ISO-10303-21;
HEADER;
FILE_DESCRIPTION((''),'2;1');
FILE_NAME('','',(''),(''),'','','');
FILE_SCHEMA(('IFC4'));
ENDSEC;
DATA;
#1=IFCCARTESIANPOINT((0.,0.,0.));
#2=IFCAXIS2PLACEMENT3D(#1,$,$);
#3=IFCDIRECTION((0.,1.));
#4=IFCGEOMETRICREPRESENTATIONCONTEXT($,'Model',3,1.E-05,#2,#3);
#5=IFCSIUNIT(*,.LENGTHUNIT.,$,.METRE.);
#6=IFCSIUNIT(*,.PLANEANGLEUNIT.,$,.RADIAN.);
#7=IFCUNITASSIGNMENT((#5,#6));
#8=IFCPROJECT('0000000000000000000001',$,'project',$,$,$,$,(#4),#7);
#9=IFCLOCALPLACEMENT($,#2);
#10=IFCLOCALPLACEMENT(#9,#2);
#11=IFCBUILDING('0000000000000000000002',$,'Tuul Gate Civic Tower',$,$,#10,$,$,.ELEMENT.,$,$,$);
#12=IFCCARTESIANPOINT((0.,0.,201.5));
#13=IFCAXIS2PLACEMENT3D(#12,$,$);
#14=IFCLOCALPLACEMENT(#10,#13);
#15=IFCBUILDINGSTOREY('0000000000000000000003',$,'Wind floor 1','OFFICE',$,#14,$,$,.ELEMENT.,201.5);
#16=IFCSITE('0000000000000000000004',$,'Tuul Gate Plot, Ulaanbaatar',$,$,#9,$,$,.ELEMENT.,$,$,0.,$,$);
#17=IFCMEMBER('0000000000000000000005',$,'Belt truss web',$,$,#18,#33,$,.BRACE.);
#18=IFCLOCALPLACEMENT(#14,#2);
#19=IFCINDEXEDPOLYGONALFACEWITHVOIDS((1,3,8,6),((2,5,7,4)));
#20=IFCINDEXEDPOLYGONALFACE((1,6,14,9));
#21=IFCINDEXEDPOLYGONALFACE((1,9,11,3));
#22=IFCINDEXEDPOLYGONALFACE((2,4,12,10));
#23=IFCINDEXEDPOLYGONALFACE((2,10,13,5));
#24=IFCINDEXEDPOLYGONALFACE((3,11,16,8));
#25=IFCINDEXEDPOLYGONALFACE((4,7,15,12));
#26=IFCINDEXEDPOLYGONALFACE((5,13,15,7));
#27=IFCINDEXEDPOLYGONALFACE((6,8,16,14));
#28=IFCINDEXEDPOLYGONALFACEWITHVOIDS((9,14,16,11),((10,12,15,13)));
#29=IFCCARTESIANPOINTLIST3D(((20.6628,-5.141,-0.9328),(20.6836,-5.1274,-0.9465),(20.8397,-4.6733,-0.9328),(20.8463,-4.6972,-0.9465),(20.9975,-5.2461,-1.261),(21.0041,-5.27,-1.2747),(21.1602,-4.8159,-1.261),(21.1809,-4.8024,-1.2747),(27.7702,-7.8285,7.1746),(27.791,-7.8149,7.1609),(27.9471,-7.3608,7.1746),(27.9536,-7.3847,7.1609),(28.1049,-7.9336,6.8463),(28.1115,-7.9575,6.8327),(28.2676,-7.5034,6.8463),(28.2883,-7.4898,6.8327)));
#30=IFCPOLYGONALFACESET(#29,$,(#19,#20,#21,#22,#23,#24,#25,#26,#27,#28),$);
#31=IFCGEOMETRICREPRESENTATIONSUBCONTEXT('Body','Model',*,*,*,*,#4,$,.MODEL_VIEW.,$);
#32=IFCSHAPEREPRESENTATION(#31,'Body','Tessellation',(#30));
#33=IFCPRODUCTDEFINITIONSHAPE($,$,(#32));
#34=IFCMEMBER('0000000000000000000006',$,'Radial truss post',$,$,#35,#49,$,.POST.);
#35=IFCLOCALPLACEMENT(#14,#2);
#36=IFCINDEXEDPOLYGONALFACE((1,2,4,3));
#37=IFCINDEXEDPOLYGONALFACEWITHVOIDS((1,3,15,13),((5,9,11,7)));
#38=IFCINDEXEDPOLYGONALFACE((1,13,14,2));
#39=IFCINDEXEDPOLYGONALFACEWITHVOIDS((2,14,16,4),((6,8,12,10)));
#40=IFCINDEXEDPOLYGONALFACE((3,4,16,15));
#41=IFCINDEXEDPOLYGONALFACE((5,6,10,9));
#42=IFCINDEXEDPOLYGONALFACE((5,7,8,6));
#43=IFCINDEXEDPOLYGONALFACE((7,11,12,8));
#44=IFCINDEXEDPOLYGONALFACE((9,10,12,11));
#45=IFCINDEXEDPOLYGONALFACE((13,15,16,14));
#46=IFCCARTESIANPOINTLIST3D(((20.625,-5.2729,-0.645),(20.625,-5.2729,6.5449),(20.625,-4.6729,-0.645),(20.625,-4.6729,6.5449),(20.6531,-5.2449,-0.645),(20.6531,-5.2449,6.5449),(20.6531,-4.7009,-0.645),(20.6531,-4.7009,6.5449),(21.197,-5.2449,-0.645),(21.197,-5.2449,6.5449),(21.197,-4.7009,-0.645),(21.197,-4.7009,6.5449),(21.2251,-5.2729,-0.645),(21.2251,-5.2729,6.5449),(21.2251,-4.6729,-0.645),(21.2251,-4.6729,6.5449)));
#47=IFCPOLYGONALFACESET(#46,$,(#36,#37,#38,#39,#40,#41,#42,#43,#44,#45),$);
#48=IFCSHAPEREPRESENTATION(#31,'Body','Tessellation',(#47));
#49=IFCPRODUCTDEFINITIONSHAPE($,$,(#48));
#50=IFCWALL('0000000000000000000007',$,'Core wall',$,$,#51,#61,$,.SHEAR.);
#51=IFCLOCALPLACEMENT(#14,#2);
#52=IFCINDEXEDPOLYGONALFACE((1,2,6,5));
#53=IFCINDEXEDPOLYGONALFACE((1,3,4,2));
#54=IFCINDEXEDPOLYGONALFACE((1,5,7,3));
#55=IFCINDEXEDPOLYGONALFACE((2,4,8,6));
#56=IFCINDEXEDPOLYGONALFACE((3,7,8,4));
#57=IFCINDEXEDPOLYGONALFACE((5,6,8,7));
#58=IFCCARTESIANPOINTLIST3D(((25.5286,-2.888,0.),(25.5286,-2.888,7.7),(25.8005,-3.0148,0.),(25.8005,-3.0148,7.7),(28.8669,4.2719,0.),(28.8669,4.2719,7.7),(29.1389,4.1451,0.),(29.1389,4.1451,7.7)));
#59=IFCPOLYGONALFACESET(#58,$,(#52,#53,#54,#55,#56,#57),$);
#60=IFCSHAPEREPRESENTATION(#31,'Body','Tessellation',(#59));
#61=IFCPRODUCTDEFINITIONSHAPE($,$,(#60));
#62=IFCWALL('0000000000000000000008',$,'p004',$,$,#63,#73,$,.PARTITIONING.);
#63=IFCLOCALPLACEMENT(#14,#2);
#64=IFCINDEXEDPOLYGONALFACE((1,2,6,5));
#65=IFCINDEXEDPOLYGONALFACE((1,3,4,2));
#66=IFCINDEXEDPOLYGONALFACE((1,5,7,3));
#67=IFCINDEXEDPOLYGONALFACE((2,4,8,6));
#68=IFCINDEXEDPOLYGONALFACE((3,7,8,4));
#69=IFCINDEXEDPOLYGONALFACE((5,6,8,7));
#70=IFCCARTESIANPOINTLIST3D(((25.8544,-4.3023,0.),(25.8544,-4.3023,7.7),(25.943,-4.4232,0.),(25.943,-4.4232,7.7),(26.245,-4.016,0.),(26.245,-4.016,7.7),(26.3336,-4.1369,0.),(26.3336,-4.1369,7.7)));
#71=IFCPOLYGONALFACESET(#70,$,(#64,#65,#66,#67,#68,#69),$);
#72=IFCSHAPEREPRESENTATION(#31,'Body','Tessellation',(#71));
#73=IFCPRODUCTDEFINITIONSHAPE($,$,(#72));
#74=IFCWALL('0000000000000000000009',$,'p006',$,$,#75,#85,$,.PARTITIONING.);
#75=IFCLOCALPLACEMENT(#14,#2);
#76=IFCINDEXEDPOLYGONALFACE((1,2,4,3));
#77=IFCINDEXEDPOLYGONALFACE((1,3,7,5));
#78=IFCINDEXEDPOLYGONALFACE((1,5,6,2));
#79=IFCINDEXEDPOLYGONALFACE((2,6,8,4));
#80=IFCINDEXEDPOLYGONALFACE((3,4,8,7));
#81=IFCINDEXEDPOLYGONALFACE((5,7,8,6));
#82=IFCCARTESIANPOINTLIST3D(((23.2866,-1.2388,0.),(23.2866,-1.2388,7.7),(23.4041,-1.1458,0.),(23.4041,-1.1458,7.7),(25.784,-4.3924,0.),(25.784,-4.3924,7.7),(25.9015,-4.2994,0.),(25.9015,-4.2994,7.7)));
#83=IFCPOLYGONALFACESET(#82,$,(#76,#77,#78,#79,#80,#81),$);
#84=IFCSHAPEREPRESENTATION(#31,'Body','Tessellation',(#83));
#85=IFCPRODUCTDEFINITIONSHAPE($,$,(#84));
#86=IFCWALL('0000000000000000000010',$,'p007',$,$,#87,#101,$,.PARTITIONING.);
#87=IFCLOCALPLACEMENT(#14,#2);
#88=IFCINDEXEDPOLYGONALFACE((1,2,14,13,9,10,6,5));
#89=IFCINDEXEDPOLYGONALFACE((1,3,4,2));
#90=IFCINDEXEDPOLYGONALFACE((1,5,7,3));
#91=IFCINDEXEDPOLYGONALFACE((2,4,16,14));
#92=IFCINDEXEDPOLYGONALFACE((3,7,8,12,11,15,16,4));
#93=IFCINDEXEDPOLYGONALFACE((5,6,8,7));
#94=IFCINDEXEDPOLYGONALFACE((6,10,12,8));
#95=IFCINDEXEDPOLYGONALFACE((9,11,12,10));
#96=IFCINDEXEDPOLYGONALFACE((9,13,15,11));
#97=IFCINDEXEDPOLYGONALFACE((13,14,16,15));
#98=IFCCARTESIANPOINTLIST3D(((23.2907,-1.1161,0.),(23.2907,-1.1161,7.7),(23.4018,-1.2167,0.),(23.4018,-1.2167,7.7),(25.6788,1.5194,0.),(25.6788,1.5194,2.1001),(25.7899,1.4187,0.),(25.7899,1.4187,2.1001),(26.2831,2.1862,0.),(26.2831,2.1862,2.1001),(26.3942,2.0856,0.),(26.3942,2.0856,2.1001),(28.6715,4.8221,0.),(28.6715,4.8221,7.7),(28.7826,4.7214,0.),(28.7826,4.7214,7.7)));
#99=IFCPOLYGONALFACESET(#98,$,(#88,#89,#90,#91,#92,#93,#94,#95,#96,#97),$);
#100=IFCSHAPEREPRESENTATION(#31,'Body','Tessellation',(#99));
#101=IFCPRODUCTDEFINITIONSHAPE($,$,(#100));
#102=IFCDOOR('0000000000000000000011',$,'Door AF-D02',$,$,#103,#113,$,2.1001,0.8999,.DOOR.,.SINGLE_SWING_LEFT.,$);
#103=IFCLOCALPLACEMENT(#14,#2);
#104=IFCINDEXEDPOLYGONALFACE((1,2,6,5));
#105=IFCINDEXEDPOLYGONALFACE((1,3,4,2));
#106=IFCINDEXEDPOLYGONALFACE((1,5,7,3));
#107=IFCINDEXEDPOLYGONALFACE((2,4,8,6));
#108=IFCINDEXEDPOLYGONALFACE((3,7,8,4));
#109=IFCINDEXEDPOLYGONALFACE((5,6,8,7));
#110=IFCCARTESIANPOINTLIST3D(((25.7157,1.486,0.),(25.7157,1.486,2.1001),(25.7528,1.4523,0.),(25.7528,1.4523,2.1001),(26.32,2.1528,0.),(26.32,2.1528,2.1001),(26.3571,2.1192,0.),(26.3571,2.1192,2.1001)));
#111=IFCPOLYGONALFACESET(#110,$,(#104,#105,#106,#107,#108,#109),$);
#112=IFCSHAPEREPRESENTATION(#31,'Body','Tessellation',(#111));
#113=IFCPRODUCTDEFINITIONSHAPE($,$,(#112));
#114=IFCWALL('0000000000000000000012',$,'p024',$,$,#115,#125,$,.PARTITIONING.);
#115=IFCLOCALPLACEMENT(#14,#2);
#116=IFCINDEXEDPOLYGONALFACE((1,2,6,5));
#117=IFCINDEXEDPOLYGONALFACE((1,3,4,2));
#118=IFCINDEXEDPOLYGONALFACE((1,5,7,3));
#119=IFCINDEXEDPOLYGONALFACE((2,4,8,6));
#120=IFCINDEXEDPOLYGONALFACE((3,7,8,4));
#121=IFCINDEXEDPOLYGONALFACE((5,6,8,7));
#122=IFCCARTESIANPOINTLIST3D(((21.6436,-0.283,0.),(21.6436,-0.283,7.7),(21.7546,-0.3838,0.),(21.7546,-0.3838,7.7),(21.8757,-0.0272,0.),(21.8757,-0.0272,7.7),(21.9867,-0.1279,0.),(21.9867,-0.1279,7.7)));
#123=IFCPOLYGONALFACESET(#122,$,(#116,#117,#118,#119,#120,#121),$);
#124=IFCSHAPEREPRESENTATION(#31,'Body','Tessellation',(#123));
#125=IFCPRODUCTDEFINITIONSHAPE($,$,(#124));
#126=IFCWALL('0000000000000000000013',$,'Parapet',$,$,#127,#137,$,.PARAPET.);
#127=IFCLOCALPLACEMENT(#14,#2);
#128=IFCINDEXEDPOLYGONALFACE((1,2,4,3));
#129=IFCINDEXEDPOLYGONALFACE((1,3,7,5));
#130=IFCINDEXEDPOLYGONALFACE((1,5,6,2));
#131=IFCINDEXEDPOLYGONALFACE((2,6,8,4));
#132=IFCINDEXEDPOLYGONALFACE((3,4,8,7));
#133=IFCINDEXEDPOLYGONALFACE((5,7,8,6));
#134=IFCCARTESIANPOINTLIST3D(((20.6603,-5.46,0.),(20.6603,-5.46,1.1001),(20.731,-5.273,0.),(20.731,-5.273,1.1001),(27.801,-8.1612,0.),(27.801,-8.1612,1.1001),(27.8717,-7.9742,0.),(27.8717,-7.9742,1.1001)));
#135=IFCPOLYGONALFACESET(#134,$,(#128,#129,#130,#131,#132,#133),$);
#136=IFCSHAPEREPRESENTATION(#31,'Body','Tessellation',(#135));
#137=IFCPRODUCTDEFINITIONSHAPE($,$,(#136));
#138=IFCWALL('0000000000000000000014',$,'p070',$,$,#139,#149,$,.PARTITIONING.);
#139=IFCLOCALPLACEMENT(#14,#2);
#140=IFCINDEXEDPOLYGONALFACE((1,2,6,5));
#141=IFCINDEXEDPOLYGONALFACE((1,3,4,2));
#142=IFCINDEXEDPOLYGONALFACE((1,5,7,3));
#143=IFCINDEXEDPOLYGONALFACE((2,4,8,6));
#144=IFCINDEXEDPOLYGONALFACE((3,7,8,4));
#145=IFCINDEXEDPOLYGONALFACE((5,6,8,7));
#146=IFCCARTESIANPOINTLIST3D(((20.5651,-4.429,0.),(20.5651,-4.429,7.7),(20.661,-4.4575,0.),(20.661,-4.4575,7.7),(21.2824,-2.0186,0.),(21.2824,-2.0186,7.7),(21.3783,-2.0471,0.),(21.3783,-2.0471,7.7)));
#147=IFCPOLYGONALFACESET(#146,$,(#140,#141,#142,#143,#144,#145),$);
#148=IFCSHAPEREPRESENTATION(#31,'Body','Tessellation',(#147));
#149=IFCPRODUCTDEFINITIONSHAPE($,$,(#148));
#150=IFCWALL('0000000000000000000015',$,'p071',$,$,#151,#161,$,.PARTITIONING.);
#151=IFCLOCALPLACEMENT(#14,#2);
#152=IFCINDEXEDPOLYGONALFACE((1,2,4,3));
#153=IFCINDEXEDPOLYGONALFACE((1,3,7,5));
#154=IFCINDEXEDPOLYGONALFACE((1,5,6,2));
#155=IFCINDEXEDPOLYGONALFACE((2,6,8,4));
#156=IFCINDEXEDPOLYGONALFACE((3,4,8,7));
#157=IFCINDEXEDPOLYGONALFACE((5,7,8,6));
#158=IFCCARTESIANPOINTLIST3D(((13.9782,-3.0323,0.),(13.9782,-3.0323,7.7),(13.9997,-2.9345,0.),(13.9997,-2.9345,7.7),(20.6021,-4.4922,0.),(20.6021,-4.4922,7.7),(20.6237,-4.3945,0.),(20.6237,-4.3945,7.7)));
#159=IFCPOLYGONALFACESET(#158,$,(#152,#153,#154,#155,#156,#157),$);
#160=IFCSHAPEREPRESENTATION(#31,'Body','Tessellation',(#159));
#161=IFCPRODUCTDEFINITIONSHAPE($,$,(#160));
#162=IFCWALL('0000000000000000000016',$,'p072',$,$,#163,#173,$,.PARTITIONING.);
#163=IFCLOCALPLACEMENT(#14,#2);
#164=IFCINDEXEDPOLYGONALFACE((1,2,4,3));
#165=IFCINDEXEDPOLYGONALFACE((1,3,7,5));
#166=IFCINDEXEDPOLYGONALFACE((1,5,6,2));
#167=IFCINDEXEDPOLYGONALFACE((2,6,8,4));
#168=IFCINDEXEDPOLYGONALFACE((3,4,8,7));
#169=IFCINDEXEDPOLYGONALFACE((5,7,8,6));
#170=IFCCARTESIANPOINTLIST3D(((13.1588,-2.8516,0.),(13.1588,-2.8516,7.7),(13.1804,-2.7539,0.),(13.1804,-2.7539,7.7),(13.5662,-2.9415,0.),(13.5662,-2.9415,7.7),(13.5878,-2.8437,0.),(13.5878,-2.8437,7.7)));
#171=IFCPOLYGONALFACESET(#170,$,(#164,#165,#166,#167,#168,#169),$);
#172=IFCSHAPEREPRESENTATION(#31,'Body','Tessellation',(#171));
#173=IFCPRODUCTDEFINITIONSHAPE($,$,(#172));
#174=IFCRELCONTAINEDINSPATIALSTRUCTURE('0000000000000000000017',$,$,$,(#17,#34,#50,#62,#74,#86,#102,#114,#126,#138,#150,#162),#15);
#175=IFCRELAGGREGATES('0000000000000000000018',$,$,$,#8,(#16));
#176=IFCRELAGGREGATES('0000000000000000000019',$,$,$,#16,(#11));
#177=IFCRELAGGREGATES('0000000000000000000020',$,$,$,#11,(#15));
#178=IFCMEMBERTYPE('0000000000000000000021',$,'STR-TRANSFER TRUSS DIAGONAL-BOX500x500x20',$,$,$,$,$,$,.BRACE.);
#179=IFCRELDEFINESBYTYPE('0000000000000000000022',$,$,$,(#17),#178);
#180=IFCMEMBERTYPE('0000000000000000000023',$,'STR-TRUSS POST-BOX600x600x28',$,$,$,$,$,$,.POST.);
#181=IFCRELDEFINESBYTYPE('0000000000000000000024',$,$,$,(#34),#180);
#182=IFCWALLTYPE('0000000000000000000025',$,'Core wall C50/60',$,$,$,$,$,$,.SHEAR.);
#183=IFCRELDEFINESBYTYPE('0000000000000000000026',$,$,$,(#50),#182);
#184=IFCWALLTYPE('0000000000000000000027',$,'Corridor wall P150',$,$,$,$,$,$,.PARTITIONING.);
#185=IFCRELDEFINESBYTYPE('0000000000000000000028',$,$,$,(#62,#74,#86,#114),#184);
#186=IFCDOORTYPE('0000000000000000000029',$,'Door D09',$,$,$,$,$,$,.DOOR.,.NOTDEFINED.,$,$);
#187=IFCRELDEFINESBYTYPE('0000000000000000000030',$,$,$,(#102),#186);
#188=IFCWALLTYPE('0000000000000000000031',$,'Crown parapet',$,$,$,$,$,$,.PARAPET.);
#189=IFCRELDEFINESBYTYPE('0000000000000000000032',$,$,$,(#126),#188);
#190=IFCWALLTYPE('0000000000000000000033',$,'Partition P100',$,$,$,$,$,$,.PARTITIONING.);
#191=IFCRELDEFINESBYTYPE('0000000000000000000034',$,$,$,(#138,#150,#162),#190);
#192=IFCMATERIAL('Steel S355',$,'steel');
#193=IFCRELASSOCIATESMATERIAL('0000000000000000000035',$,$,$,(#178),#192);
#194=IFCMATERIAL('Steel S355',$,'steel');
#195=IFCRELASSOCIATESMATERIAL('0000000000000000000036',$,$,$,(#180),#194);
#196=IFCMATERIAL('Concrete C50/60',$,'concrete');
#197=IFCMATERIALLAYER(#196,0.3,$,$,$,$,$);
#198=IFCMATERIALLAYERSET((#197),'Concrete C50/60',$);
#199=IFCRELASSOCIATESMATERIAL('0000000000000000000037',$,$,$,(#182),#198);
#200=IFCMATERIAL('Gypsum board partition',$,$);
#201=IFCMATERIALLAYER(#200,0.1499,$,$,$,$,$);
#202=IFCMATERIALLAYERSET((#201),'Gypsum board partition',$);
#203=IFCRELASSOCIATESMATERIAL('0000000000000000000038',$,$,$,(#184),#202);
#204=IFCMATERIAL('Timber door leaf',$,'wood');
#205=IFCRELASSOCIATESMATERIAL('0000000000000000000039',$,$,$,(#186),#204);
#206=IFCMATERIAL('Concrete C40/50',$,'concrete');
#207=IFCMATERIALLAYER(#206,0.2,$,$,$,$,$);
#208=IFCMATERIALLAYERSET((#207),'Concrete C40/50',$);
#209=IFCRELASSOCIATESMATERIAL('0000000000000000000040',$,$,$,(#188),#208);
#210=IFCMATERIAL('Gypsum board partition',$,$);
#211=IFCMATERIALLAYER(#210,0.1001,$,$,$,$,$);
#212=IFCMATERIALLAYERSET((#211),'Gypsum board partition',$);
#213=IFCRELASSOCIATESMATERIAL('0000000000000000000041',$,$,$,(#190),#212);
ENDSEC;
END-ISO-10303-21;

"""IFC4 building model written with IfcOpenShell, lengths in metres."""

from ifc_helpers import new_model, si_unit, direction, frame, frame_2d, origin, origin_2d, place, context, subcontext, project, spatial, rectangle, hollow_rectangle, extrude, material, layer, layer_set, material_profile, profile_set, type_object, element, fill, save


model = new_model("IFC4")

# Units and contexts
model_context = context("Model", 3, precision=1e-05, world=origin(), true_north=direction((0.0, 1.0)))
body_context = subcontext(model_context, "Body", "Model", "MODEL_VIEW")
ifc_project = project(units=[si_unit("LENGTHUNIT", "METRE"), si_unit("PLANEANGLEUNIT", "RADIAN")], contexts=[model_context])

# Site, building, storey
site_placement = place(None, origin())
site = spatial("IfcSite", under=ifc_project, at=site_placement, Name="Tuul Gate Plot, Ulaanbaatar", CompositionType="ELEMENT", RefElevation=0.0)
building_placement = place(site_placement, origin())
building = spatial("IfcBuilding", under=site, at=building_placement, Name="Tuul Gate Civic Tower", CompositionType="ELEMENT")
storey_placement = place(building_placement, frame((0.0, 0.0, 201.5)))
storey = spatial("IfcBuildingStorey", under=building, at=storey_placement, Name="Wind floor 1", Description="OFFICE", CompositionType="ELEMENT", Elevation=201.5)

# Members
ifc_material_1 = material(Name="Steel S355", Category="steel")
ifc_material_profile_1 = material_profile(ifc_material_1, hollow_rectangle(XDim=0.5, YDim=0.5, WallThickness=0.02, at=origin_2d()), Name="BOX500x500x20")
ifc_profile_set_1 = profile_set([ifc_material_profile_1], Name="Steel S355")
member_type_1 = type_object("IfcMemberType", Name="STR-TRANSFER TRUSS DIAGONAL-BOX500x500x20", PredefinedType="BRACE", material=ifc_profile_set_1)
member_1_placement = place(storey_placement, frame((20.9219, -4.9717, -1.1038), z_axis=(0.639638, -0.241864, 0.729634), x_axis=(0.353685, 0.935364, 0.0)))
element("IfcMember", 1, at=member_1_placement, inside=storey, type_object=member_type_1, Name="Belt truss web", PredefinedType="BRACE", context=body_context, shape_type="SweptSolid", body=[
    extrude(hollow_rectangle(XDim=0.5, YDim=0.5, WallThickness=0.02, at=origin_2d()), origin(), (0.0, 0.0, 1.0), 11.1116),
])
ifc_material_2 = material(Name="Steel S355", Category="steel")
ifc_material_profile_2 = material_profile(ifc_material_2, hollow_rectangle(XDim=0.6001, YDim=0.6001, WallThickness=0.0281, at=origin_2d()), Name="BOX600x600x28")
ifc_profile_set_2 = profile_set([ifc_material_profile_2], Name="Steel S355")
member_type_2 = type_object("IfcMemberType", Name="STR-TRUSS POST-BOX600x600x28", PredefinedType="POST", material=ifc_profile_set_2)
member_2_placement = place(storey_placement, frame((20.925, -4.9729, -0.645), z_axis=(0.0, 0.0, 1.0), x_axis=(1.0, 0.0, 0.0)))
element("IfcMember", 2, at=member_2_placement, inside=storey, type_object=member_type_2, Name="Radial truss post", PredefinedType="POST", context=body_context, shape_type="SweptSolid", body=[
    extrude(hollow_rectangle(XDim=0.6001, YDim=0.6001, WallThickness=0.0281, at=origin_2d()), origin(), (0.0, 0.0, 1.0), 7.1899),
])

# Walls
ifc_material_3 = material(Name="Concrete C50/60", Category="concrete")
ifc_layer_1 = layer(ifc_material_3, 0.3)
ifc_layer_set_1 = layer_set([ifc_layer_1], Name="Concrete C50/60")
wall_type_1 = type_object("IfcWallType", Name="Core wall C50/60", PredefinedType="SHEAR", material=ifc_layer_set_1)
wall_1_placement = place(storey_placement, frame((25.6646, -2.9514, 0.0), z_axis=(0.0, 0.0, 1.0), x_axis=(0.422583, 0.906324, 0.0)))
element("IfcWall", 3, at=wall_1_placement, inside=storey, type_object=wall_type_1, Name="Core wall", PredefinedType="SHEAR", context=body_context, shape_type="SweptSolid", body=[
    extrude(rectangle(XDim=7.8999, YDim=0.3, at=frame_2d((3.95, 0.0))), origin(), (0.0, 0.0, 1.0), 7.7),
])
ifc_material_4 = material(Name="Gypsum board partition")
ifc_layer_2 = layer(ifc_material_4, 0.1499)
ifc_layer_set_2 = layer_set([ifc_layer_2], Name="Gypsum board partition")
wall_type_2 = type_object("IfcWallType", Name="Corridor wall P150", PredefinedType="PARTITIONING", material=ifc_layer_set_2)
wall_2_placement = place(storey_placement, frame((25.8987, -4.3628, 0.0), z_axis=(0.0, 0.0, 1.0), x_axis=(0.806485, 0.591254, 0.0)))
element("IfcWall", 4, at=wall_2_placement, inside=storey, type_object=wall_type_2, Name="p004", PredefinedType="PARTITIONING", context=body_context, shape_type="SweptSolid", body=[
    extrude(rectangle(XDim=0.4844, YDim=0.1499, at=frame_2d((0.2422, 0.0))), origin(), (0.0, 0.0, 1.0), 7.7),
])
wall_3_placement = place(storey_placement, frame((23.3455, -1.1924, 0.0), z_axis=(0.0, 0.0, 1.0), x_axis=(0.620816, -0.783956, 0.0)))
element("IfcWall", 5, at=wall_3_placement, inside=storey, type_object=wall_type_2, Name="p006", PredefinedType="PARTITIONING", context=body_context, shape_type="SweptSolid", body=[
    extrude(rectangle(XDim=4.0227, YDim=0.1499, at=frame_2d((2.0112, 0.0))), origin(), (0.0, 0.0, 1.0), 7.7),
])

# Wall, opening, door
wall_4_placement = place(storey_placement, frame((23.3462, -1.1665, 0.0), z_axis=(0.0, 0.0, 1.0), x_axis=(0.671474, 0.741028, 0.0)))
wall_4 = element("IfcWall", 6, at=wall_4_placement, inside=storey, type_object=wall_type_2, Name="p007", PredefinedType="PARTITIONING", context=body_context, shape_type="SweptSolid", body=[
    extrude(rectangle(XDim=8.0134, YDim=0.1499, at=frame_2d((4.0068, 0.0))), origin(), (0.0, 0.0, 1.0), 7.7),
])
opening_placement = place(wall_4_placement, frame((3.5566, 0.0, 0.0)))
opening = element("IfcOpeningElement", 7, at=opening_placement, cuts=wall_4, PredefinedType="OPENING", context=body_context, shape_type="SweptSolid", body=[
    extrude(rectangle(XDim=0.8999, YDim=2.1001, at=frame_2d((0.45, 1.05))), frame((0.0, 0.085, 0.0), z_axis=(0.0, -1.0, 0.0), x_axis=(1.0, 0.0, 0.0)), (0.0, 0.0, 1.0), 0.1699),
])
ifc_material_5 = material(Name="Timber door leaf", Category="wood")
door_type = type_object("IfcDoorType", Name="Door D09", OperationType="NOTDEFINED", PredefinedType="DOOR", material=ifc_material_5)
door_placement = place(opening_placement, frame((0.8999, 0.0, 0.0), z_axis=(0.0, 0.0, 1.0), x_axis=(-1.0, 0.0, 0.0)))
door = element("IfcDoor", 8, at=door_placement, inside=storey, type_object=door_type, Name="Door AF-D02", OperationType="SINGLE_SWING_LEFT", OverallHeight=2.1001, OverallWidth=0.8999, PredefinedType="DOOR", context=body_context, shape_type="SweptSolid", body=[
    extrude(rectangle(XDim=0.8999, YDim=2.1001, at=frame_2d((0.45, 1.05))), frame((0.0, 0.0249, 0.0), z_axis=(0.0, -1.0, 0.0), x_axis=(1.0, 0.0, 0.0)), (0.0, 0.0, 1.0), 0.05),
])
fill(opening, door)

# Walls
wall_5_placement = place(storey_placement, frame((21.699, -0.3335, 0.0), z_axis=(0.0, 0.0, 1.0), x_axis=(0.672004, 0.740547, 0.0)))
element("IfcWall", 9, at=wall_5_placement, inside=storey, type_object=wall_type_2, Name="p024", PredefinedType="PARTITIONING", context=body_context, shape_type="SweptSolid", body=[
    extrude(rectangle(XDim=0.3455, YDim=0.1499, at=frame_2d((0.1729, 0.0))), origin(), (0.0, 0.0, 1.0), 7.7),
])
ifc_material_6 = material(Name="Concrete C40/50", Category="concrete")
ifc_layer_3 = layer(ifc_material_6, 0.2)
ifc_layer_set_3 = layer_set([ifc_layer_3], Name="Concrete C40/50")
wall_type_3 = type_object("IfcWallType", Name="Crown parapet", PredefinedType="PARAPET", material=ifc_layer_set_3)
wall_6_placement = place(storey_placement, frame((20.6956, -5.3665, 0.0), z_axis=(0.0, 0.0, 1.0), x_axis=(0.935316, -0.353813, 0.0)))
element("IfcWall", 10, at=wall_6_placement, inside=storey, type_object=wall_type_3, Name="Parapet", PredefinedType="PARAPET", context=body_context, shape_type="SweptSolid", body=[
    extrude(rectangle(XDim=7.6345, YDim=0.2, at=frame_2d((3.8174, 0.0))), origin(), (0.0, 0.0, 1.0), 1.1001),
])
ifc_material_7 = material(Name="Gypsum board partition")
ifc_layer_4 = layer(ifc_material_7, 0.1001)
ifc_layer_set_4 = layer_set([ifc_layer_4], Name="Gypsum board partition")
wall_type_4 = type_object("IfcWallType", Name="Partition P100", PredefinedType="PARTITIONING", material=ifc_layer_set_4)
wall_7_placement = place(storey_placement, frame((21.3303, -2.033, 0.0), z_axis=(0.0, 0.0, 1.0), x_axis=(-0.285219, -0.958463, 0.0)))
element("IfcWall", 11, at=wall_7_placement, inside=storey, type_object=wall_type_4, Name="p070", PredefinedType="PARTITIONING", context=body_context, shape_type="SweptSolid", body=[
    extrude(rectangle(XDim=2.5149, YDim=0.1001, at=frame_2d((1.2573, 0.0))), origin(), (0.0, 0.0, 1.0), 7.7),
])
wall_8_placement = place(storey_placement, frame((20.613, -4.4434, 0.0), z_axis=(0.0, 0.0, 1.0), x_axis=(-0.976562, 0.215238, 0.0)))
element("IfcWall", 12, at=wall_8_placement, inside=storey, type_object=wall_type_4, Name="p071", PredefinedType="PARTITIONING", context=body_context, shape_type="SweptSolid", body=[
    extrude(rectangle(XDim=6.783, YDim=0.1001, at=frame_2d((3.3916, 0.0))), origin(), (0.0, 0.0, 1.0), 7.7),
])
wall_9_placement = place(storey_placement, frame((13.5769, -2.8926, 0.0), z_axis=(0.0, 0.0, 1.0), x_axis=(-0.976544, 0.215319, 0.0)))
element("IfcWall", 13, at=wall_9_placement, inside=storey, type_object=wall_type_4, Name="p072", PredefinedType="PARTITIONING", context=body_context, shape_type="SweptSolid", body=[
    extrude(rectangle(XDim=0.4172, YDim=0.1001, at=frame_2d((0.2085, 0.0))), origin(), (0.0, 0.0, 1.0), 7.7),
])

save(model, "model.ifc")
